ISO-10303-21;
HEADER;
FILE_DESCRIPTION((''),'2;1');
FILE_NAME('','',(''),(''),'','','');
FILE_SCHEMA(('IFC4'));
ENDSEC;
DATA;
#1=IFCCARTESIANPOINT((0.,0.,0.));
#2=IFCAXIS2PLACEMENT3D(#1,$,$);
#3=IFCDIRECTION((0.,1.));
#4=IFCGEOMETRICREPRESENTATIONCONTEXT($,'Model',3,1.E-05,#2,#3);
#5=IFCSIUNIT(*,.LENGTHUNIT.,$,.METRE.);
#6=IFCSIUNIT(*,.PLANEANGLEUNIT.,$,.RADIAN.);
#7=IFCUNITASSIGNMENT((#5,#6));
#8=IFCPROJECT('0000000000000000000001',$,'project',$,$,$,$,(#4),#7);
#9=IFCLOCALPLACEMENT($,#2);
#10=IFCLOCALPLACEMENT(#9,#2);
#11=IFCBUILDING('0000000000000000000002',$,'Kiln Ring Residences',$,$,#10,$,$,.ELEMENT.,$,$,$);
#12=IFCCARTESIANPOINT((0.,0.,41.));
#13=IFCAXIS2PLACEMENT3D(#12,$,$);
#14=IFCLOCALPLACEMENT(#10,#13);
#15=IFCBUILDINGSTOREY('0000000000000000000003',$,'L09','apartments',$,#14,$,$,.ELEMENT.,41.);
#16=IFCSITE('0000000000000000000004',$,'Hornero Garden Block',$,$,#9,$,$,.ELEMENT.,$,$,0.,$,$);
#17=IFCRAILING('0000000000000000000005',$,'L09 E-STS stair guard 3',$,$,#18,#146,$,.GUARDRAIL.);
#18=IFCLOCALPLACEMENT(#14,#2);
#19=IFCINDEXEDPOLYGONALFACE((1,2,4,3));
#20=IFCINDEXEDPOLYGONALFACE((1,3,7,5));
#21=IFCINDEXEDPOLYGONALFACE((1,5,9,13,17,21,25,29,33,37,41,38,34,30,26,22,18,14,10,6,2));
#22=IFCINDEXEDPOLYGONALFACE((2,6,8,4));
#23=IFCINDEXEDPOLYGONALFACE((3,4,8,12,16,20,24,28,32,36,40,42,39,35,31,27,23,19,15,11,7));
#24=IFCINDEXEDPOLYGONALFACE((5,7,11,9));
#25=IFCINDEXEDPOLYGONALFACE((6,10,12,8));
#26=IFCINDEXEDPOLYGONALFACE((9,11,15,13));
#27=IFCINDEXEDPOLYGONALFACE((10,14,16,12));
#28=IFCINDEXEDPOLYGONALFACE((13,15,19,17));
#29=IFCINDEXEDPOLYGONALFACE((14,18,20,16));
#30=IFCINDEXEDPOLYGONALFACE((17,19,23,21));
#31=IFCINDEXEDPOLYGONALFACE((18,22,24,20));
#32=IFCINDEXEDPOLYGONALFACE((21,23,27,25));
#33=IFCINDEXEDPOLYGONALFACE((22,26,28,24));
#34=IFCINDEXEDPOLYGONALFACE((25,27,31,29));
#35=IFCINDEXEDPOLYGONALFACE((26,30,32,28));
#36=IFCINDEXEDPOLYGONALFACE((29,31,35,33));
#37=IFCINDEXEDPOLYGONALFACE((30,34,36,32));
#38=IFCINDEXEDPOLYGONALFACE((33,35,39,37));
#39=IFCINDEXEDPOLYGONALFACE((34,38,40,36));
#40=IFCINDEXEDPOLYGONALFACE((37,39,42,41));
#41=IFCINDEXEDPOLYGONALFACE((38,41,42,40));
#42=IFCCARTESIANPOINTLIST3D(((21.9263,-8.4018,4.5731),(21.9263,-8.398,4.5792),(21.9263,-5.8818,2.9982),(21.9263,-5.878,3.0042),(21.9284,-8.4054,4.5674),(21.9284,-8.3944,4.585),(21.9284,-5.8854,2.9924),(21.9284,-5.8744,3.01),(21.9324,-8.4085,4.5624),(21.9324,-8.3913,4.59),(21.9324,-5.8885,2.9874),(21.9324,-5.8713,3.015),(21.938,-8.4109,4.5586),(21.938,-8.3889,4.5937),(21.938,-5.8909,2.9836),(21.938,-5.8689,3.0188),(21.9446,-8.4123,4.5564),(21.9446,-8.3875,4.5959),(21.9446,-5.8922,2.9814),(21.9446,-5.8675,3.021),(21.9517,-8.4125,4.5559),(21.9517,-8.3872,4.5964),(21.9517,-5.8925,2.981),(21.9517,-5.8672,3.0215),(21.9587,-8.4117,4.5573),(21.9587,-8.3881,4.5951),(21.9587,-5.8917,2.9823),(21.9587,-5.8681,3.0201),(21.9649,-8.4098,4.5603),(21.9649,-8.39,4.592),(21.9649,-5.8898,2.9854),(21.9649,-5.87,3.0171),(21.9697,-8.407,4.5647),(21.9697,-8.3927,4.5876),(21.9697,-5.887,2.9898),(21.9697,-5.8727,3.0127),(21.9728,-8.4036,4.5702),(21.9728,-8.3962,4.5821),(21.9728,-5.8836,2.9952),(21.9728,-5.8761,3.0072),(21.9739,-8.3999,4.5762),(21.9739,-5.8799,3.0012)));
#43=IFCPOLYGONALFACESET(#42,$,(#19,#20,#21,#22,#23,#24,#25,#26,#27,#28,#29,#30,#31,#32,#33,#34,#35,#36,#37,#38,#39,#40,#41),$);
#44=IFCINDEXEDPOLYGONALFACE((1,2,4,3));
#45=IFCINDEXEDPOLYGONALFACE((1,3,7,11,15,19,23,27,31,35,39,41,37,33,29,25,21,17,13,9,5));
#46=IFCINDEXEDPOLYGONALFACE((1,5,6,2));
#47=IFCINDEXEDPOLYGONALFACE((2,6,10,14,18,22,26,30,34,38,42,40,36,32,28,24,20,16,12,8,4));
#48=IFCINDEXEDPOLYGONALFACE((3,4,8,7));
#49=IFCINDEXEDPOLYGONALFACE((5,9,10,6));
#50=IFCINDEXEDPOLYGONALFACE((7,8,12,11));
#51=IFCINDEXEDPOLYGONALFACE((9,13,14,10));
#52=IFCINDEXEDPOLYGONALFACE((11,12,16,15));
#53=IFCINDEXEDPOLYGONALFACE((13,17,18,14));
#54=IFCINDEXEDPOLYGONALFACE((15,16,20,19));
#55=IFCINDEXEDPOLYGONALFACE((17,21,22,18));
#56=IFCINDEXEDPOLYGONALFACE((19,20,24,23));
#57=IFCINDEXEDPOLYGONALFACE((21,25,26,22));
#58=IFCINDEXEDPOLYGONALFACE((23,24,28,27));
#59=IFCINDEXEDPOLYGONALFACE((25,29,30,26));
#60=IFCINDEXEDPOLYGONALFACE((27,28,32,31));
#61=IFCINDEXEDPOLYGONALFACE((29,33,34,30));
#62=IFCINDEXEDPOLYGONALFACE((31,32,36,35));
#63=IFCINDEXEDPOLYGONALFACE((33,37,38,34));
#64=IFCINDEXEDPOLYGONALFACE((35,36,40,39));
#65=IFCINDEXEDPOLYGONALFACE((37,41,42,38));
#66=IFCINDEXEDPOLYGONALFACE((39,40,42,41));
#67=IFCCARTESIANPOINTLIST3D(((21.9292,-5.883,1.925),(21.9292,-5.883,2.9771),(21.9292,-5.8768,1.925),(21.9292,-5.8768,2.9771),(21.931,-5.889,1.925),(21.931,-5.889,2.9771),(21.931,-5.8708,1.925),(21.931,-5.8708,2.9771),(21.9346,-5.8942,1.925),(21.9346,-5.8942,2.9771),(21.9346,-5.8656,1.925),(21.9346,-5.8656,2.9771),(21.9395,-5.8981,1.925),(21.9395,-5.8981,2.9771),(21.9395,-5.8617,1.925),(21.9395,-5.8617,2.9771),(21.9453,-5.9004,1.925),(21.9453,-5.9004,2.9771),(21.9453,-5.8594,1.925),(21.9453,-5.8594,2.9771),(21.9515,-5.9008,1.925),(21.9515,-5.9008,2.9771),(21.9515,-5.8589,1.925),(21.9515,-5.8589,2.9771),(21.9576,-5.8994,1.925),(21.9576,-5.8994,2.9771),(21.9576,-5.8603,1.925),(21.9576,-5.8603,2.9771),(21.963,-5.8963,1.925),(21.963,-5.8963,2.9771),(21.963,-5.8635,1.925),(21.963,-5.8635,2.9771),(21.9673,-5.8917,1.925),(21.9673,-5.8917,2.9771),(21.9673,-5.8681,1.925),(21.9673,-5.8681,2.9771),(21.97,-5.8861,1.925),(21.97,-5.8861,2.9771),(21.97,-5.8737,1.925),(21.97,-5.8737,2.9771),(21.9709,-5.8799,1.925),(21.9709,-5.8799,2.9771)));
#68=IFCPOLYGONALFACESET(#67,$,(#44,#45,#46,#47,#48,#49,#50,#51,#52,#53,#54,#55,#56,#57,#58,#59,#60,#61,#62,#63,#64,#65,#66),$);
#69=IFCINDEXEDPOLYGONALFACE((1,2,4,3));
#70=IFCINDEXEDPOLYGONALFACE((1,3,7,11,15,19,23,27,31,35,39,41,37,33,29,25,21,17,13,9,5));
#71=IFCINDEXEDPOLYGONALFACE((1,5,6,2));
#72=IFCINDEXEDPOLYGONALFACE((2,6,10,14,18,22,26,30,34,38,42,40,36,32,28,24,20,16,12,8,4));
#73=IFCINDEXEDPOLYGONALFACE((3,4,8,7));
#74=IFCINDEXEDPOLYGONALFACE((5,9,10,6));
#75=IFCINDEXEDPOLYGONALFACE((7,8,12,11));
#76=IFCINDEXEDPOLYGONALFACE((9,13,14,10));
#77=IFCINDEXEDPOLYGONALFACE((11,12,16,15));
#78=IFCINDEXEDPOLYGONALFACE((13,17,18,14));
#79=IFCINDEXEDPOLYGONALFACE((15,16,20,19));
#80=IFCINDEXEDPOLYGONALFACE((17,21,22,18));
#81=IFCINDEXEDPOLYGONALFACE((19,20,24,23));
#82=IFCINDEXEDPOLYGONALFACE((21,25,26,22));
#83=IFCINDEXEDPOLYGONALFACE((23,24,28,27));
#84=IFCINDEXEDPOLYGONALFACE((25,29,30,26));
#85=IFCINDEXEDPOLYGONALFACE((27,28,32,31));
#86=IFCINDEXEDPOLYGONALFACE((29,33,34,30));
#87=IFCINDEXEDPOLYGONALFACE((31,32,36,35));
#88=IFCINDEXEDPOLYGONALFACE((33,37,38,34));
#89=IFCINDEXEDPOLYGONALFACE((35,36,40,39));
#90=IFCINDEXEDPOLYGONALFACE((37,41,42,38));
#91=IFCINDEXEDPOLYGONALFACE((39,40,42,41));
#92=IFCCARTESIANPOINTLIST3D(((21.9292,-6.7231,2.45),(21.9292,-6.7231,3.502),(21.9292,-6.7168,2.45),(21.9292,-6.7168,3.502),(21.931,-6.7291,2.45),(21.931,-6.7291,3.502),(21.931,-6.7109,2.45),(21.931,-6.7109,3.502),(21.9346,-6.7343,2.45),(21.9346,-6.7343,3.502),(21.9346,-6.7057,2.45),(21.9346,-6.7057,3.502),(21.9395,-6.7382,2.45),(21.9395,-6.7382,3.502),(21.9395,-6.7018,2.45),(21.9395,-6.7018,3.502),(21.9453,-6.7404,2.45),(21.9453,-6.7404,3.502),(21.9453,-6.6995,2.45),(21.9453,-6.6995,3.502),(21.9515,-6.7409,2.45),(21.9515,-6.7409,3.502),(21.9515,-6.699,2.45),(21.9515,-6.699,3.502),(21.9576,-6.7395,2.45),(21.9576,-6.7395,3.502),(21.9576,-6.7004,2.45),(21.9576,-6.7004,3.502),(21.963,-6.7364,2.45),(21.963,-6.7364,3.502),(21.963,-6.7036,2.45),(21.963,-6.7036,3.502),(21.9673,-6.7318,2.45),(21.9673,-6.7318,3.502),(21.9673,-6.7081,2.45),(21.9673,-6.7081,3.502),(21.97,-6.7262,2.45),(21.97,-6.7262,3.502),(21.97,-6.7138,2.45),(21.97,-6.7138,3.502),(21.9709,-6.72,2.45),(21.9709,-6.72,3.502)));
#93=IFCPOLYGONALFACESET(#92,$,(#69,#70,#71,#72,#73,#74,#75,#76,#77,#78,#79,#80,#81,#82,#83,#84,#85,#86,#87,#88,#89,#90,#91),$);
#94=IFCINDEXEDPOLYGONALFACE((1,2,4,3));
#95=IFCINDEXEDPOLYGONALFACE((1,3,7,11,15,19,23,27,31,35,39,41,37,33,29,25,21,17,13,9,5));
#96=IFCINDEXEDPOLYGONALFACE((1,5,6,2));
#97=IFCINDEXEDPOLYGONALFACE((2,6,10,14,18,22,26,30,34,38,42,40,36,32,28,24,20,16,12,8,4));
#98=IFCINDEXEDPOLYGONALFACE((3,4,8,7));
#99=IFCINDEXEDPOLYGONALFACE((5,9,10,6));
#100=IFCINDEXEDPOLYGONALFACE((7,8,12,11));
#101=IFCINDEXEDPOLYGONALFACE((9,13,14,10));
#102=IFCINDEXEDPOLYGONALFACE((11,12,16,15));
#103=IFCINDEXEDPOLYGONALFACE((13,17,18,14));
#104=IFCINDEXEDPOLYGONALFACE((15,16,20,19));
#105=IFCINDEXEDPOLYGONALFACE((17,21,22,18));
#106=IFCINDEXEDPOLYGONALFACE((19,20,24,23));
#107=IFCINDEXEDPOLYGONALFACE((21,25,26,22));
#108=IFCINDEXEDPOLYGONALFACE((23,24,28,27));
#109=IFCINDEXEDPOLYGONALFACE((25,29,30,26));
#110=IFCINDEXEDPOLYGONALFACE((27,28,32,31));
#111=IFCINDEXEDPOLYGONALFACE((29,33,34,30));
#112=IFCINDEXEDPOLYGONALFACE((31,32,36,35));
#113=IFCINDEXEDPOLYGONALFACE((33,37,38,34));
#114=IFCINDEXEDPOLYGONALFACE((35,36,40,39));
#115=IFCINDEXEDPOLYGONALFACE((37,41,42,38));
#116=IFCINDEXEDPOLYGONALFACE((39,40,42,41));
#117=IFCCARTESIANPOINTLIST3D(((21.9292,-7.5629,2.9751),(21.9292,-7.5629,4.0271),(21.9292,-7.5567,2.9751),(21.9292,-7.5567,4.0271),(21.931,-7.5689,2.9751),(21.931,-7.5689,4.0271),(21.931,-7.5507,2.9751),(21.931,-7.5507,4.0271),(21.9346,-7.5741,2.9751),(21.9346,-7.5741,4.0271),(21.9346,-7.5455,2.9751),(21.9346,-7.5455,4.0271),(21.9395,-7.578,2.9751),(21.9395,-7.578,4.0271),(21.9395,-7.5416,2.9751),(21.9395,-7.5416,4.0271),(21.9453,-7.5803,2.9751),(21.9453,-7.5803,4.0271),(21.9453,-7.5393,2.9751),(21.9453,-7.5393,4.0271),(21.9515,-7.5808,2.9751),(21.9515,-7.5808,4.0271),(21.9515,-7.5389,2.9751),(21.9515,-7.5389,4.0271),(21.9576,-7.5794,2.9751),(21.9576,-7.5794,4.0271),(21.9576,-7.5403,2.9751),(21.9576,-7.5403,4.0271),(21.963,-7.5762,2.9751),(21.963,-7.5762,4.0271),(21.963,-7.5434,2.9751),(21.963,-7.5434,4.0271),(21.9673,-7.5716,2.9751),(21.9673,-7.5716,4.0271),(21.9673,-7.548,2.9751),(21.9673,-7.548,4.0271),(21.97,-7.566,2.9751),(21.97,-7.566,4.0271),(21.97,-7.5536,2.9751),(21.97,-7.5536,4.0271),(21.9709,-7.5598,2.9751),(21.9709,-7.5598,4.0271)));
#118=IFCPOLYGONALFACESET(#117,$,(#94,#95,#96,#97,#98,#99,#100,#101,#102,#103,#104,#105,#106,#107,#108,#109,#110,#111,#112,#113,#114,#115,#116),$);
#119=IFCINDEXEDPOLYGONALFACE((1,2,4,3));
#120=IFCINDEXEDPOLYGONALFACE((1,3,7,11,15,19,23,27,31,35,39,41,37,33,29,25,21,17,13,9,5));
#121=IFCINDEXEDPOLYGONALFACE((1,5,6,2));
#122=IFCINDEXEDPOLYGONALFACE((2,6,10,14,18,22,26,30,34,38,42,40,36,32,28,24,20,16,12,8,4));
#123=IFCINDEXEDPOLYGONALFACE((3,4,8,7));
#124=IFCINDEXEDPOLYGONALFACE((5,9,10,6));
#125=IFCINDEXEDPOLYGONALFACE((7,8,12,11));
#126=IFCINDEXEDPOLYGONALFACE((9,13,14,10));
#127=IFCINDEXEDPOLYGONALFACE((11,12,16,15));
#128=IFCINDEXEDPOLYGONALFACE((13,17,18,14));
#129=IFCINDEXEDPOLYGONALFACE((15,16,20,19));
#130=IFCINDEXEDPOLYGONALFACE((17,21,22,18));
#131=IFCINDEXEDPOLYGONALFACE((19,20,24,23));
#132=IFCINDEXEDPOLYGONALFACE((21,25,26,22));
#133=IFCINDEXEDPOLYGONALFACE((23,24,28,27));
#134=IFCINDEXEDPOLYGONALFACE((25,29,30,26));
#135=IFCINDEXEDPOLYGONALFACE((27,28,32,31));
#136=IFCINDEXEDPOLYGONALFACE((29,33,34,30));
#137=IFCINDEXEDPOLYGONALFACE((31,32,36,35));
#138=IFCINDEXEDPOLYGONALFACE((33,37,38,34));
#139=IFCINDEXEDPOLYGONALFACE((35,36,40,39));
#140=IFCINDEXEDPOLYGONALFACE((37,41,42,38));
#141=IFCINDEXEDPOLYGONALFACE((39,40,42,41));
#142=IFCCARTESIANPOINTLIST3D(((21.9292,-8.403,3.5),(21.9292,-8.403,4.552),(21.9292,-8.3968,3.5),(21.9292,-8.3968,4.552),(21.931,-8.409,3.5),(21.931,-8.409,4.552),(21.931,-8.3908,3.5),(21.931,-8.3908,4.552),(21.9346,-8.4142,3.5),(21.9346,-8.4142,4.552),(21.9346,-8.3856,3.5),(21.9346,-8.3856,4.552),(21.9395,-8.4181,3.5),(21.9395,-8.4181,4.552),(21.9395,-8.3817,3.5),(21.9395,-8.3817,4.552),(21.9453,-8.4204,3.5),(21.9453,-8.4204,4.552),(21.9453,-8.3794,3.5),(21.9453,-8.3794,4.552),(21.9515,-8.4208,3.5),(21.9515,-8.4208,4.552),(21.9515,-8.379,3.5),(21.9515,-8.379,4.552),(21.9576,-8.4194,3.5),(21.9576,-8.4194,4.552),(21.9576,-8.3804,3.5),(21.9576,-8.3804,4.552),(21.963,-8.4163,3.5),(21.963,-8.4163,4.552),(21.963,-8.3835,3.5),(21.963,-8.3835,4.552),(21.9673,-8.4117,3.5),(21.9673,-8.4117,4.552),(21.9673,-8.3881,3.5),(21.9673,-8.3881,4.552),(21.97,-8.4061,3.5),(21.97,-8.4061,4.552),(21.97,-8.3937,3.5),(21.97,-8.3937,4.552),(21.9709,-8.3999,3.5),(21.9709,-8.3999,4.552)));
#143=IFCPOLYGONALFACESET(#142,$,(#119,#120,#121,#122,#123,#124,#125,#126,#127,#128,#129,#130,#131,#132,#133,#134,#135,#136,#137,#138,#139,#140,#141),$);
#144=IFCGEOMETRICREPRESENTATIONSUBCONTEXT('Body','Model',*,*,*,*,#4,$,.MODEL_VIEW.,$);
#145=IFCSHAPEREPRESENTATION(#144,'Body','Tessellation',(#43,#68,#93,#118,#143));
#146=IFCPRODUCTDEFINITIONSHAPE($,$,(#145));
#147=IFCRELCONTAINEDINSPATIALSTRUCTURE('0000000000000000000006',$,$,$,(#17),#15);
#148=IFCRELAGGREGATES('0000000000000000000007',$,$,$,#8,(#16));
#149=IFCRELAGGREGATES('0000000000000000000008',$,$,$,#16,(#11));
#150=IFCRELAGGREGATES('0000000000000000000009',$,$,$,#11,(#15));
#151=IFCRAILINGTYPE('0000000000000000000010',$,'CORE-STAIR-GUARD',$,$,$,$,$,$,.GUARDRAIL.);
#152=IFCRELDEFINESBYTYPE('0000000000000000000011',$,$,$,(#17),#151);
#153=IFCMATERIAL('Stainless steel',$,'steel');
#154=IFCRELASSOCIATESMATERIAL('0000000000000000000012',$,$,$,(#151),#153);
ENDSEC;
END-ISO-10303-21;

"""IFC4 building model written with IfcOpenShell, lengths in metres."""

from ifc_helpers import new_model, si_unit, direction, frame, origin, origin_2d, place, context, subcontext, project, spatial, circle, extrude, material, type_object, element, save


model = new_model("IFC4")

# Units and contexts
model_context = context("Model", 3, precision=1e-05, world=origin(), true_north=direction((0.0, 1.0)))
body_context = subcontext(model_context, "Body", "Model", "MODEL_VIEW")
ifc_project = project(units=[si_unit("LENGTHUNIT", "METRE"), si_unit("PLANEANGLEUNIT", "RADIAN")], contexts=[model_context])

# Site, building, storey
site_placement = place(None, origin())
site = spatial("IfcSite", under=ifc_project, at=site_placement, Name="Hornero Garden Block", CompositionType="ELEMENT", RefElevation=0.0)
building_placement = place(site_placement, origin())
building = spatial("IfcBuilding", under=site, at=building_placement, Name="Kiln Ring Residences", CompositionType="ELEMENT")
storey_placement = place(building_placement, frame((0.0, 0.0, 41.0)))
storey = spatial("IfcBuildingStorey", under=building, at=storey_placement, Name="L09", Description="apartments", CompositionType="ELEMENT", Elevation=41.0)

# Railing
ifc_material_1 = material(Name="Stainless steel", Category="steel")
railing_type_1 = type_object("IfcRailingType", Name="CORE-STAIR-GUARD", PredefinedType="GUARDRAIL", material=ifc_material_1)
railing_1_placement = place(storey_placement, frame((21.95, -5.8799, 1.925)))
element("IfcRailing", 1, at=railing_1_placement, inside=storey, type_object=railing_type_1, Name="L09 E-STS stair guard 3", PredefinedType="GUARDRAIL", context=body_context, shape_type="SweptSolid", body=[
    extrude(circle(Radius=0.0239, at=origin_2d()), frame((0.0, 0.0, 1.0762), z_axis=(0.0, -0.848008, 0.529984), x_axis=(1.0, 0.0, 0.0)), (0.0, 0.0, 1.0), 2.9717),
    extrude(circle(Radius=0.021, at=origin_2d()), origin(), (0.0, 0.0, 1.0), 1.052),
    extrude(circle(Radius=0.021, at=origin_2d()), frame((0.0, -0.8401, 0.5249)), (0.0, 0.0, 1.0), 1.052),
    extrude(circle(Radius=0.021, at=origin_2d()), frame((0.0, -1.6799, 1.05)), (0.0, 0.0, 1.0), 1.052),
    extrude(circle(Radius=0.021, at=origin_2d()), frame((0.0, -2.52, 1.575)), (0.0, 0.0, 1.0), 1.052),
])

save(model, "model.ifc")
